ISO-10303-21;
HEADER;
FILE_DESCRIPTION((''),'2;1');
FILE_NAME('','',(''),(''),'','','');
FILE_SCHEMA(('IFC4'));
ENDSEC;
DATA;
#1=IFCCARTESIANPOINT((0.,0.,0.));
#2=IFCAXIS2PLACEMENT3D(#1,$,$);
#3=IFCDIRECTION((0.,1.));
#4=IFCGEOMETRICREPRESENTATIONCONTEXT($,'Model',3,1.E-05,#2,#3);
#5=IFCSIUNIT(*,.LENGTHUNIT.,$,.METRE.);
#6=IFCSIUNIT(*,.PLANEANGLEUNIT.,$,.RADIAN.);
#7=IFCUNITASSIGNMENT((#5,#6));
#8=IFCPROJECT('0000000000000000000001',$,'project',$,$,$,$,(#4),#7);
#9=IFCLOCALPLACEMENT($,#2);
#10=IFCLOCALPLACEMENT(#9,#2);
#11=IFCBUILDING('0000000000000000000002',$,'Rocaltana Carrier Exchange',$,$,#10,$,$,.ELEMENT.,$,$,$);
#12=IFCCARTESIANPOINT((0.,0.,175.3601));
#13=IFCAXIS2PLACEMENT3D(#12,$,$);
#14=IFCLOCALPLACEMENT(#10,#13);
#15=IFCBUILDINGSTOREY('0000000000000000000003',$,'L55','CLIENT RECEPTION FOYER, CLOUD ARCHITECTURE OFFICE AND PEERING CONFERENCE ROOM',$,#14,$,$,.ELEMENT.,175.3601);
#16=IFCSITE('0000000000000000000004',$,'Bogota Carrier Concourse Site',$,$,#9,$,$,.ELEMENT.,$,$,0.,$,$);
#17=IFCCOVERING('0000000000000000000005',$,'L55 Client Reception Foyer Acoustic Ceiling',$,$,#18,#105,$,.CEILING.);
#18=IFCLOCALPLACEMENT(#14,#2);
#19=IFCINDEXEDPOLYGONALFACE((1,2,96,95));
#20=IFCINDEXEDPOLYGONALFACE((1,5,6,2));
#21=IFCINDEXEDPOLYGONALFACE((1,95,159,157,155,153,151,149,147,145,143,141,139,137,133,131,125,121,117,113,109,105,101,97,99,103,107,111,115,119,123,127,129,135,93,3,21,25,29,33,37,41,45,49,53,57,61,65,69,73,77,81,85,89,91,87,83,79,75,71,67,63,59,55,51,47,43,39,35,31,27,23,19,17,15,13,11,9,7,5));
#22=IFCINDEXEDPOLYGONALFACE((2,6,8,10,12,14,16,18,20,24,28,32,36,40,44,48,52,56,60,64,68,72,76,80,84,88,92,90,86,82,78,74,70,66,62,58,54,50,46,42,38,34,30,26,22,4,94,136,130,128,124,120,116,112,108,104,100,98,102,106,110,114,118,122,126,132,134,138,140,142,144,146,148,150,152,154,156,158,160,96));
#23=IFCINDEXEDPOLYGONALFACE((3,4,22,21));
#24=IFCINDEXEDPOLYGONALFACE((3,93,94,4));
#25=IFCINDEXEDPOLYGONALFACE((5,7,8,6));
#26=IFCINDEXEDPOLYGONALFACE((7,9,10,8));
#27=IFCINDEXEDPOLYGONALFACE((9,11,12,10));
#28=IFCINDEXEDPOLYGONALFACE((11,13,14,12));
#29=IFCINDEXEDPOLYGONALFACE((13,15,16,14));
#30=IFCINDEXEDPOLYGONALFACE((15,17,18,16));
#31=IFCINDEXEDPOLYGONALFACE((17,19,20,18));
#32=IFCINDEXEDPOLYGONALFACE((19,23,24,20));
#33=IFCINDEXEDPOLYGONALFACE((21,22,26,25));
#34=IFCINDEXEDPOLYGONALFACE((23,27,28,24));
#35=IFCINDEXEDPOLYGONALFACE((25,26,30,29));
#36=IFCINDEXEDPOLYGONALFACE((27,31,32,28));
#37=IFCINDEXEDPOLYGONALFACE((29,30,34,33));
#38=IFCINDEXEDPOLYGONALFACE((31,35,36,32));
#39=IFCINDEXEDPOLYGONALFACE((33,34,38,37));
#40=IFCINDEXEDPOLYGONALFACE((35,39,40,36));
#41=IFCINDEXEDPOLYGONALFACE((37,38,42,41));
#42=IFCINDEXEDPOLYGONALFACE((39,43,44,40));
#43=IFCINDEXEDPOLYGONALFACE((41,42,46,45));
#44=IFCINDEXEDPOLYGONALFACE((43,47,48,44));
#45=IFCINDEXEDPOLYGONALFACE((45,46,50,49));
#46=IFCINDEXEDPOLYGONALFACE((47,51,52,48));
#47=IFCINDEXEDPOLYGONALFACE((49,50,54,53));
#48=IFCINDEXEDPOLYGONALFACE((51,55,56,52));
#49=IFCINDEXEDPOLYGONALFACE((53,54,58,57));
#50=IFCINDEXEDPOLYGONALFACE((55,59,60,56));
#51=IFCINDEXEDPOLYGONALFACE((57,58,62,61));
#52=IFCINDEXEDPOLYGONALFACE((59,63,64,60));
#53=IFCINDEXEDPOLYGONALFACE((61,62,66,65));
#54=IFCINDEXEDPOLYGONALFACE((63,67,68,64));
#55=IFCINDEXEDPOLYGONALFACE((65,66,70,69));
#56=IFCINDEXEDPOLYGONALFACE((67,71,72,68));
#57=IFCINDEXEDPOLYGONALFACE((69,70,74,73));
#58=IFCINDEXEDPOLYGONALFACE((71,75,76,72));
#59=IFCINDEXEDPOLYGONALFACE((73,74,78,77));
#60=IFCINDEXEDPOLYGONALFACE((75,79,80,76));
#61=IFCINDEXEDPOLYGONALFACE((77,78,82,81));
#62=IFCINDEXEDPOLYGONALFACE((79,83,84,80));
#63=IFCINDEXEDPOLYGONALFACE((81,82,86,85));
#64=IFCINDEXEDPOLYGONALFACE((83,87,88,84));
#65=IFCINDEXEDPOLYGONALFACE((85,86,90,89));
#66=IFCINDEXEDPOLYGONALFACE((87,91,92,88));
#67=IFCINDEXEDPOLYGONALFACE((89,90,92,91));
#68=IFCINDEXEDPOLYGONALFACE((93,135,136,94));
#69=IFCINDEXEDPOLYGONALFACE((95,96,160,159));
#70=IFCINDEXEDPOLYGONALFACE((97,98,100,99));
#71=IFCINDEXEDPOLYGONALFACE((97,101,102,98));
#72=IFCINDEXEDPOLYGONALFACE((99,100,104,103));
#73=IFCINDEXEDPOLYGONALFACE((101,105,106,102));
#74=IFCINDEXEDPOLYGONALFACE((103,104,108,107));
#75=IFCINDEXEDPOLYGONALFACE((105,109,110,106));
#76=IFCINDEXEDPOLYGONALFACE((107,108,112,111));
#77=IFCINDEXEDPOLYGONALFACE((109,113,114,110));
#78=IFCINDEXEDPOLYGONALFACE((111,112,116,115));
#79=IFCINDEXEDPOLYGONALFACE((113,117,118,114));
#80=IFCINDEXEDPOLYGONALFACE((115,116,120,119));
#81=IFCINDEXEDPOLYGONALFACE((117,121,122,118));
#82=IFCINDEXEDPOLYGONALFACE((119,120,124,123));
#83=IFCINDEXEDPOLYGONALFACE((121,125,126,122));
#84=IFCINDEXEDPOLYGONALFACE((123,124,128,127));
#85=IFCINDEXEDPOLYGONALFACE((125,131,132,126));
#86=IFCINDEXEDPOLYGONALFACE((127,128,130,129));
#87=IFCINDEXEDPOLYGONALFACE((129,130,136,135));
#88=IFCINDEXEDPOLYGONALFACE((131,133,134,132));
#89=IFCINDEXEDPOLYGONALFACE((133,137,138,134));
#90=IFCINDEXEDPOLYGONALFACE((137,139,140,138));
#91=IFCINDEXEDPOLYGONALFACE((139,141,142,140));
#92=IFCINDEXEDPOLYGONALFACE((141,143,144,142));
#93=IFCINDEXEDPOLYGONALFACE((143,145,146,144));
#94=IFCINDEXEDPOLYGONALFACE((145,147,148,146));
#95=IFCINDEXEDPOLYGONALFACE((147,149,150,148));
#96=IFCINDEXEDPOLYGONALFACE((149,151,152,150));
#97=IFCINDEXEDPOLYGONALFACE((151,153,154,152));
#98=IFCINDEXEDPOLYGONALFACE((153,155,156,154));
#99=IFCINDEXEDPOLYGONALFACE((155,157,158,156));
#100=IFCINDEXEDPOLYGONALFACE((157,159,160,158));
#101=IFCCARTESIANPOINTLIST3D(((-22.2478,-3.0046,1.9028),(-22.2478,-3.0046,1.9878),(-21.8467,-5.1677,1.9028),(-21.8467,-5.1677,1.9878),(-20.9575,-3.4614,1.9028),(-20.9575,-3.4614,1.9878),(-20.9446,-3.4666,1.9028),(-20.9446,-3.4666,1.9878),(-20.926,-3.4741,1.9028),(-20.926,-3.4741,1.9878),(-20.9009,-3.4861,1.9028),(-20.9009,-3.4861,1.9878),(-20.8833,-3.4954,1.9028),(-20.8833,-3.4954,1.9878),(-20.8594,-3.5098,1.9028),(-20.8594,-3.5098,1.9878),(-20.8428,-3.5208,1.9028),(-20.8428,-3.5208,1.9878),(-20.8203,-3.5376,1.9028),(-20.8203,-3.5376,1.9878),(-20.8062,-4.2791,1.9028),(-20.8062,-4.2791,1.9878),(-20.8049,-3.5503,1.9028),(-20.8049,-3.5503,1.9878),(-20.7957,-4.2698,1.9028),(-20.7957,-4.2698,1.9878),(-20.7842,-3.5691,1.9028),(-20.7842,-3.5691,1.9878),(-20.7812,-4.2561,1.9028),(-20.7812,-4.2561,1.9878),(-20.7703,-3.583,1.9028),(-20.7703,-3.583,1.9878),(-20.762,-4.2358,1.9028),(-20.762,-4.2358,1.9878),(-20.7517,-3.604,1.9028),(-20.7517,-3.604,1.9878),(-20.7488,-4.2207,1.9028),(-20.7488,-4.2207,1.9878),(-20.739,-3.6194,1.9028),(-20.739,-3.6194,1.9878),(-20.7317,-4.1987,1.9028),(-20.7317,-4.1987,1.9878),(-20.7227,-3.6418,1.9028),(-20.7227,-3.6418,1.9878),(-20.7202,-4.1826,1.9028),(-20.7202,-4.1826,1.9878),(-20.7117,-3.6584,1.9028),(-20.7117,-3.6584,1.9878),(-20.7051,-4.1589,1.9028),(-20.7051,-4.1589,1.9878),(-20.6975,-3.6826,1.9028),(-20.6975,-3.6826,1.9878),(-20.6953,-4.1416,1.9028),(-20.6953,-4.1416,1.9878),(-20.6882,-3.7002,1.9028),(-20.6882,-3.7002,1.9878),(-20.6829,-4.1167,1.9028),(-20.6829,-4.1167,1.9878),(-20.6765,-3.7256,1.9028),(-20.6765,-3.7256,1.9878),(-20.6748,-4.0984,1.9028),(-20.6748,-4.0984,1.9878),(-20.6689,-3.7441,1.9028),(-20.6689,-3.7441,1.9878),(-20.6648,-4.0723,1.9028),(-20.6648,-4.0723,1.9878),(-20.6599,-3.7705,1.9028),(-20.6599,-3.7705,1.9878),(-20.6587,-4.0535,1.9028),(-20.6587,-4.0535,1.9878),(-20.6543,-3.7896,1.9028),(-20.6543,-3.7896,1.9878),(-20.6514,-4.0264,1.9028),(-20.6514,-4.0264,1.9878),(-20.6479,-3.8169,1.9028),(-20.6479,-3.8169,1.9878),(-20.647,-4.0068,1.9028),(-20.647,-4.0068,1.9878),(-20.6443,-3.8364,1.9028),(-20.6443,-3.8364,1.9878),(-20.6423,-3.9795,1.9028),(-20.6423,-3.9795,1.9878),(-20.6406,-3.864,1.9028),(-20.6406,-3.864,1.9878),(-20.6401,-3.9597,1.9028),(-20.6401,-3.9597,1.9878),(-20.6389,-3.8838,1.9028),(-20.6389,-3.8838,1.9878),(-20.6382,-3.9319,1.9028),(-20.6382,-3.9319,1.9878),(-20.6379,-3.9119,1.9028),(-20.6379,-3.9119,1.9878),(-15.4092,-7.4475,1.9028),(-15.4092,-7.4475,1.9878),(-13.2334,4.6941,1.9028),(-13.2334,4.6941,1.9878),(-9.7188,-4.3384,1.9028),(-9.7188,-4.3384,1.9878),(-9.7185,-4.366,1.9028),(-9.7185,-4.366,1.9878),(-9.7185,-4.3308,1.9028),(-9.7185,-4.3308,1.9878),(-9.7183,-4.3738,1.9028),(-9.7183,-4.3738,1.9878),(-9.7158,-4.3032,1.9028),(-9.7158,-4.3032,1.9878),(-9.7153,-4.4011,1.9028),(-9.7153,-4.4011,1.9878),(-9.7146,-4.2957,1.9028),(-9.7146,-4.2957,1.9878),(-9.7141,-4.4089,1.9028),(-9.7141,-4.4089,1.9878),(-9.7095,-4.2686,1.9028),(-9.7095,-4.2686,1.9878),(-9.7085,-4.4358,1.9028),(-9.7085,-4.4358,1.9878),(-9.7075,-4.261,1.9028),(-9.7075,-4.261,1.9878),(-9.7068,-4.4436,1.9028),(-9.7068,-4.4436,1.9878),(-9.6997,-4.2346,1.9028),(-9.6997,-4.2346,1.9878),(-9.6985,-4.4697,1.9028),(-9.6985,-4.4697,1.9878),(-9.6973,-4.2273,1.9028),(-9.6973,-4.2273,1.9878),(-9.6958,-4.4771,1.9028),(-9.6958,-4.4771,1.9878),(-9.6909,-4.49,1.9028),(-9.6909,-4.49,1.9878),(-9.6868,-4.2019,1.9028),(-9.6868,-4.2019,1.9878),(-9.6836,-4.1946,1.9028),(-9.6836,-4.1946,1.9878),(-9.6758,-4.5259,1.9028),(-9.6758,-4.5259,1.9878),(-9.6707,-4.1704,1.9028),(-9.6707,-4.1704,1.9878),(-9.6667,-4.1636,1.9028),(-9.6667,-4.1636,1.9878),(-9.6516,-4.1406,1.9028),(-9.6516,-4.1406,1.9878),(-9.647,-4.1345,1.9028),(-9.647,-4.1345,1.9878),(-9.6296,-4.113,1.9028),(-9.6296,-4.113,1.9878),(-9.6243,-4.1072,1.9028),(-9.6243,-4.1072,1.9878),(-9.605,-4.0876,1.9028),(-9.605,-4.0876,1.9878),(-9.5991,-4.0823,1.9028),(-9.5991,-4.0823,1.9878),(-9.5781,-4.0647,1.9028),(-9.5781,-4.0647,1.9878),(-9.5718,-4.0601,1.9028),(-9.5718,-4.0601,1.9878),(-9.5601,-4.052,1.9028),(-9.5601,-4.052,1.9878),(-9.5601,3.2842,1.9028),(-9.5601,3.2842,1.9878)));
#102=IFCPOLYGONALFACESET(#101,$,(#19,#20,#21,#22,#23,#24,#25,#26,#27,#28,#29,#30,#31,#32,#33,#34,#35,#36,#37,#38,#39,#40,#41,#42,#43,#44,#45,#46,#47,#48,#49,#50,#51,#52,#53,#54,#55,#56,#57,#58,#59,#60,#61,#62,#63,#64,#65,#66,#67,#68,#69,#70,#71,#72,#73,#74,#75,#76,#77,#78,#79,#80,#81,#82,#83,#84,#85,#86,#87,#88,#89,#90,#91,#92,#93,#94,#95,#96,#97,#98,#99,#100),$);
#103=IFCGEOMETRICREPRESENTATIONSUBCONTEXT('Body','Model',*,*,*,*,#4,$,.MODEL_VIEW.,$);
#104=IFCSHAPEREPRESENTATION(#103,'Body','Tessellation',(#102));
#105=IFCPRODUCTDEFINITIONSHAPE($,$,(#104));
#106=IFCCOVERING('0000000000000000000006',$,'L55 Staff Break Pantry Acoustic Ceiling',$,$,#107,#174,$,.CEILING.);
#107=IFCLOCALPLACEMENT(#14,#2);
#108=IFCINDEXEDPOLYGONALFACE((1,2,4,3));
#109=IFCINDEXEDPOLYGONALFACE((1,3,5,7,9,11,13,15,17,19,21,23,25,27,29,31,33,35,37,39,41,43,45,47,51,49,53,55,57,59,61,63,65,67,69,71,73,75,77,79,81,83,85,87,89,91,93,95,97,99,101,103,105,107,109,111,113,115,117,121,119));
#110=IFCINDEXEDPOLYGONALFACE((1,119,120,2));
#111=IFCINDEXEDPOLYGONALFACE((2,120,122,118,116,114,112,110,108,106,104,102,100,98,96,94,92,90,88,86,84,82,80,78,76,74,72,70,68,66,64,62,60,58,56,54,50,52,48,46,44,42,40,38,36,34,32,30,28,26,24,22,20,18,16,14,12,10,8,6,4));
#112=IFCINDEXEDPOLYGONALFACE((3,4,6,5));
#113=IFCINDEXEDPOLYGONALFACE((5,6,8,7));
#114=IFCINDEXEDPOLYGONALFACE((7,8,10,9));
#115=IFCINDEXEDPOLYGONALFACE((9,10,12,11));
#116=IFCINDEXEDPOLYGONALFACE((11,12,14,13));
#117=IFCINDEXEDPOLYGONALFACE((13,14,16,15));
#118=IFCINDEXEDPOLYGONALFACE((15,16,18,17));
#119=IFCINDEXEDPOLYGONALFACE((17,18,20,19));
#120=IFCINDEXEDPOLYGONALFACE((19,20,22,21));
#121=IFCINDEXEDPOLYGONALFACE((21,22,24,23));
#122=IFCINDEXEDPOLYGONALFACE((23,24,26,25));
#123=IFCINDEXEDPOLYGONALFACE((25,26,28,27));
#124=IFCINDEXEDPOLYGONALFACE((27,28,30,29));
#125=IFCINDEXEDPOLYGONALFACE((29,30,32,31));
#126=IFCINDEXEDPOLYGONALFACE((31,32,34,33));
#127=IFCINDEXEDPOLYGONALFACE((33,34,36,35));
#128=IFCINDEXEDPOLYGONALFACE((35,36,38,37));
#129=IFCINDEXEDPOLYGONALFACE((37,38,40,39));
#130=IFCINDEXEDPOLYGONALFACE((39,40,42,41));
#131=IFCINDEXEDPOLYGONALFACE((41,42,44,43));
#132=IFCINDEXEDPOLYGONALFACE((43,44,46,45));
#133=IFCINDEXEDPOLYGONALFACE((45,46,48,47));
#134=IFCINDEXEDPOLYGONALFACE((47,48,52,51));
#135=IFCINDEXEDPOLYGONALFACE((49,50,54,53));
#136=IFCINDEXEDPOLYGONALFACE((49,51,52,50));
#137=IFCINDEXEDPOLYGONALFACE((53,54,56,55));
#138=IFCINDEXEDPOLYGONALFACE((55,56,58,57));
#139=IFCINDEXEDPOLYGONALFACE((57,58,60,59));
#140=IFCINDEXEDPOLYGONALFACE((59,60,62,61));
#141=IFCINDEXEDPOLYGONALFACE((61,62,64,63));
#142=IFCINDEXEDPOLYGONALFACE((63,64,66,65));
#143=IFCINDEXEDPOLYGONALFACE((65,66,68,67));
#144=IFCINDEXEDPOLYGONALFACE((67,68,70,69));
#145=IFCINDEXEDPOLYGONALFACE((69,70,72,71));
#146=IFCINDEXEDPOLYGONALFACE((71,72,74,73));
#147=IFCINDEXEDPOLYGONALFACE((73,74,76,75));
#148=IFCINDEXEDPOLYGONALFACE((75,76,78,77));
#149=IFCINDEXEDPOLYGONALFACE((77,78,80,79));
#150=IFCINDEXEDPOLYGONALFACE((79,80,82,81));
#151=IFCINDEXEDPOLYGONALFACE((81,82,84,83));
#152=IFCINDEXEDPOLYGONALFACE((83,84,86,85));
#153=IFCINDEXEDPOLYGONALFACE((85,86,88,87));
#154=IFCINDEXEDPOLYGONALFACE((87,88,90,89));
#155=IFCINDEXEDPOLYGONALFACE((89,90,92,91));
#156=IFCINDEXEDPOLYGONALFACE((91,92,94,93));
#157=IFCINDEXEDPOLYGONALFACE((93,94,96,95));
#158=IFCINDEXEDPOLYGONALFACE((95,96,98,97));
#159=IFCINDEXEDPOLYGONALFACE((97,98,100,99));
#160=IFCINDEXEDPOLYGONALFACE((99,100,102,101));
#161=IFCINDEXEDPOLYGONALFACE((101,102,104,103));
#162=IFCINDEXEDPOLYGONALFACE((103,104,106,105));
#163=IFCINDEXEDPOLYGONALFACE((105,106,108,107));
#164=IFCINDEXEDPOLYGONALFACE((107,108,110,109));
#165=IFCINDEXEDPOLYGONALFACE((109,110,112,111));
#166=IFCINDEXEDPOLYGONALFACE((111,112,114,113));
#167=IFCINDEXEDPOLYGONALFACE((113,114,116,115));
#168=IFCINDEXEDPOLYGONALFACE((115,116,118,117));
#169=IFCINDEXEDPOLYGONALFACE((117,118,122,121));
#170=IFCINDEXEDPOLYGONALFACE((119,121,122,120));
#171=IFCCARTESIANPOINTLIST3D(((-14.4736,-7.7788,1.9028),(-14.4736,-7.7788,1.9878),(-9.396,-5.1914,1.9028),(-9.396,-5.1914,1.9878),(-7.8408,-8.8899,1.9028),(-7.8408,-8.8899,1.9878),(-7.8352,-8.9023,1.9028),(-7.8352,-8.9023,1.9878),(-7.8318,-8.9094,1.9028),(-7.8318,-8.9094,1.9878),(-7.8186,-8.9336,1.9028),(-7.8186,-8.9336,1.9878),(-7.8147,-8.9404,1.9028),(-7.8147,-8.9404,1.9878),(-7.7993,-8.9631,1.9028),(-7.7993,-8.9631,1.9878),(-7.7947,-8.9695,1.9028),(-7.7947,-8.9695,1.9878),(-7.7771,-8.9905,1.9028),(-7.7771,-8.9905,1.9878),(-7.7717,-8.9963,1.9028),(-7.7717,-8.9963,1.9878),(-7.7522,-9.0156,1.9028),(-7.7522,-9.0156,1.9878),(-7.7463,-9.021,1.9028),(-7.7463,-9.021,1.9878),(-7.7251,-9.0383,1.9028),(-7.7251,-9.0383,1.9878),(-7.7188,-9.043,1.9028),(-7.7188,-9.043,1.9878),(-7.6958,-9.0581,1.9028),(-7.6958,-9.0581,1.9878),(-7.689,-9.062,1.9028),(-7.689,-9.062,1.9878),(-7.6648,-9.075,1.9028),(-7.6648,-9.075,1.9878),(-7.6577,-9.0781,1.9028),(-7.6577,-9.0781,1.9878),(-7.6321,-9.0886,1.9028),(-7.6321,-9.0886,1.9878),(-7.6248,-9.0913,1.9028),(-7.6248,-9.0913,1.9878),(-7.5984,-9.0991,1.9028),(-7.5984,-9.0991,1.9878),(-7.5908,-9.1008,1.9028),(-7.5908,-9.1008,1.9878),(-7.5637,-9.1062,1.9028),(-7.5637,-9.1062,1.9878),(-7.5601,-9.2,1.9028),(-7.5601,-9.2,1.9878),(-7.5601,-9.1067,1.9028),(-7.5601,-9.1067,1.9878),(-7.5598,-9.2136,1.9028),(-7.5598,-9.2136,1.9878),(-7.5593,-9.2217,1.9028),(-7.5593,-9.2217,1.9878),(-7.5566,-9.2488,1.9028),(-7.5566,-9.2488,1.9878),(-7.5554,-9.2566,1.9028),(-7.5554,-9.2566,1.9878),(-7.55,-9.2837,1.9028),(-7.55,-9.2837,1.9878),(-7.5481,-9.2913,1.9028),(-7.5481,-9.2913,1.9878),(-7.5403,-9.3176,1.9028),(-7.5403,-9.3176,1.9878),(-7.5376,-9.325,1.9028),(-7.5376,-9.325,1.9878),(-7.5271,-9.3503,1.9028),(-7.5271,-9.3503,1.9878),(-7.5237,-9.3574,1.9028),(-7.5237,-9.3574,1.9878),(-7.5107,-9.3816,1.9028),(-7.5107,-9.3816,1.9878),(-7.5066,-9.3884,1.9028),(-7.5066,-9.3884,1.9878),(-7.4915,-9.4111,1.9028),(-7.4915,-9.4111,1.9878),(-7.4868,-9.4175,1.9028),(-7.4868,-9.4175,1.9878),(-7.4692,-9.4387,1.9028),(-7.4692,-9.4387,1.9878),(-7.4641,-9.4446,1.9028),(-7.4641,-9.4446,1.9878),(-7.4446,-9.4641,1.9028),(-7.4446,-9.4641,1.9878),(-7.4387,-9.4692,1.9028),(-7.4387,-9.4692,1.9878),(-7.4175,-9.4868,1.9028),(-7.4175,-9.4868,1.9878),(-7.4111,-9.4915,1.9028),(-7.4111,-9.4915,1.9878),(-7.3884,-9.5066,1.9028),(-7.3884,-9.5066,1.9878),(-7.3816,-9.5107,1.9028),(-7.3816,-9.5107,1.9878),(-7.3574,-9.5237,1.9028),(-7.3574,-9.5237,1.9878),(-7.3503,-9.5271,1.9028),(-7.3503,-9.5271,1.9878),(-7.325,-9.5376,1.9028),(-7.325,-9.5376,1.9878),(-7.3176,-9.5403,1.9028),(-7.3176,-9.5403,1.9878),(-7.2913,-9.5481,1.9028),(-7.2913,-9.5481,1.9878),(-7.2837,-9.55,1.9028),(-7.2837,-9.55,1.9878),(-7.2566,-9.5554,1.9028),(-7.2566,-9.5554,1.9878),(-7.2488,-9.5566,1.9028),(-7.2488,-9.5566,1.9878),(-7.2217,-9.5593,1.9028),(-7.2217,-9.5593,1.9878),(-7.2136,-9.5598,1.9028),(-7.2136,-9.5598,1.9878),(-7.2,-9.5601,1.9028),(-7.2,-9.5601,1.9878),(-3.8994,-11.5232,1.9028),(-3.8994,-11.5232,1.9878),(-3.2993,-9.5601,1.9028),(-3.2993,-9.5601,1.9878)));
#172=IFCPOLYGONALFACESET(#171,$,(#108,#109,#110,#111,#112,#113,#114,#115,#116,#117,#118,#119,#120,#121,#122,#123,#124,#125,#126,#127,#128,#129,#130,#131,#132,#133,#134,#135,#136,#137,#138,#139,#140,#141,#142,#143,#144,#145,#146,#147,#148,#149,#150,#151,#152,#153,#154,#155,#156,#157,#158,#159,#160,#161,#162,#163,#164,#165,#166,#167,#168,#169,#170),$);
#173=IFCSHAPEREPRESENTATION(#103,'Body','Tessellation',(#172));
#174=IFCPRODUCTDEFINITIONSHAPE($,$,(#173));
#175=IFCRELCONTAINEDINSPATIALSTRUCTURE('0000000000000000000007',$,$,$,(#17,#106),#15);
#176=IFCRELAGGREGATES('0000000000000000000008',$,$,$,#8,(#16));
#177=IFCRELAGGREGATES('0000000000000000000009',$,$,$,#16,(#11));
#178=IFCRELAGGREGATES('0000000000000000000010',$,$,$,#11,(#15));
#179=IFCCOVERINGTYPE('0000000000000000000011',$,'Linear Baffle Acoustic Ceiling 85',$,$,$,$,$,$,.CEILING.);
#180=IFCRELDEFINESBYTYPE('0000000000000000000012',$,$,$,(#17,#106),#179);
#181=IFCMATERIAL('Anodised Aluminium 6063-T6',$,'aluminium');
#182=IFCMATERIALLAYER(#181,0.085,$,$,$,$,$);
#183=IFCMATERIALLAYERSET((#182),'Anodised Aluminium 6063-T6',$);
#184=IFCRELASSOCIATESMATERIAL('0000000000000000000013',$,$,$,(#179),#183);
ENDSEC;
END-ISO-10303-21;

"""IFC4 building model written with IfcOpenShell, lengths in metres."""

from ifc_helpers import new_model, si_unit, direction, frame, origin, place, context, subcontext, project, spatial, polyline, outline, extrude, material, layer, layer_set, type_object, element, save


model = new_model("IFC4")

# Units and contexts
model_context = context("Model", 3, precision=1e-05, world=origin(), true_north=direction((0.0, 1.0)))
body_context = subcontext(model_context, "Body", "Model", "MODEL_VIEW")
ifc_project = project(units=[si_unit("LENGTHUNIT", "METRE"), si_unit("PLANEANGLEUNIT", "RADIAN")], contexts=[model_context])

# Site, building, storey
site_placement = place(None, origin())
site = spatial("IfcSite", under=ifc_project, at=site_placement, Name="Bogota Carrier Concourse Site", CompositionType="ELEMENT", RefElevation=0.0)
building_placement = place(site_placement, origin())
building = spatial("IfcBuilding", under=site, at=building_placement, Name="Rocaltana Carrier Exchange", CompositionType="ELEMENT")
storey_placement = place(building_placement, frame((0.0, 0.0, 175.3601)))
storey = spatial("IfcBuildingStorey", under=building, at=storey_placement, Name="L55", Description="CLIENT RECEPTION FOYER, CLOUD ARCHITECTURE OFFICE AND PEERING CONFERENCE ROOM", CompositionType="ELEMENT", Elevation=175.3601)

# Coverings
ifc_material_1 = material(Name="Anodised Aluminium 6063-T6", Category="aluminium")
ifc_layer_1 = layer(ifc_material_1, 0.085)
ifc_layer_set_1 = layer_set([ifc_layer_1], Name="Anodised Aluminium 6063-T6")
covering_type_1 = type_object("IfcCoveringType", Name="Linear Baffle Acoustic Ceiling 85", PredefinedType="CEILING", material=ifc_layer_set_1)
covering_1_placement = place(storey_placement, frame((0.0, 0.0, 1.9028)))
element("IfcCovering", 1, at=covering_1_placement, inside=storey, type_object=covering_type_1, Name="L55 Client Reception Foyer Acoustic Ceiling", PredefinedType="CEILING", context=body_context, shape_type="SweptSolid", body=[
    extrude(outline(polyline([(-20.8062, -4.2791), (-20.7957, -4.2698), (-20.7812, -4.2561), (-20.762, -4.2358), (-20.7488, -4.2207), (-20.7317, -4.1987), (-20.7202, -4.1826), (-20.7051, -4.1589), (-20.6953, -4.1416), (-20.6829, -4.1167), (-20.6748, -4.0984), (-20.6648, -4.0723), (-20.6587, -4.0535), (-20.6514, -4.0264), (-20.647, -4.0068), (-20.6423, -3.9795), (-20.6401, -3.9597), (-20.6382, -3.9319), (-20.6379, -3.9119), (-20.6389, -3.8838), (-20.6406, -3.864), (-20.6443, -3.8364), (-20.6479, -3.8169), (-20.6543, -3.7896), (-20.6599, -3.7705), (-20.6689, -3.7441), (-20.6765, -3.7256), (-20.6882, -3.7002), (-20.6975, -3.6826), (-20.7117, -3.6584), (-20.7227, -3.6418), (-20.739, -3.6194), (-20.7517, -3.604), (-20.7703, -3.583), (-20.7842, -3.5691), (-20.8049, -3.5503), (-20.8203, -3.5376), (-20.8428, -3.5208), (-20.8594, -3.5098), (-20.8833, -3.4954), (-20.9009, -3.4861), (-20.926, -3.4741), (-20.9446, -3.4666), (-20.9575, -3.4614), (-22.2478, -3.0046), (-13.2334, 4.6941), (-9.5601, 3.2842), (-9.5601, -4.052), (-9.5718, -4.0601), (-9.5781, -4.0647), (-9.5991, -4.0823), (-9.605, -4.0876), (-9.6243, -4.1072), (-9.6296, -4.113), (-9.647, -4.1345), (-9.6516, -4.1406), (-9.6667, -4.1636), (-9.6707, -4.1704), (-9.6836, -4.1946), (-9.6868, -4.2019), (-9.6973, -4.2273), (-9.6997, -4.2346), (-9.7075, -4.261), (-9.7095, -4.2686), (-9.7146, -4.2957), (-9.7158, -4.3032), (-9.7185, -4.3308), (-9.7188, -4.3384), (-9.7185, -4.366), (-9.7183, -4.3738), (-9.7153, -4.4011), (-9.7141, -4.4089), (-9.7085, -4.4358), (-9.7068, -4.4436), (-9.6985, -4.4697), (-9.6958, -4.4771), (-9.6909, -4.49), (-9.6758, -4.5259), (-15.4092, -7.4475), (-21.8467, -5.1677), (-20.8062, -4.2791)])), origin(), (0.0, 0.0, 1.0), 0.085),
])
covering_2_placement = place(storey_placement, frame((0.0, 0.0, 1.9028)))
element("IfcCovering", 2, at=covering_2_placement, inside=storey, type_object=covering_type_1, Name="L55 Staff Break Pantry Acoustic Ceiling", PredefinedType="CEILING", context=body_context, shape_type="SweptSolid", body=[
    extrude(outline(polyline([(-14.4736, -7.7788), (-9.396, -5.1914), (-7.8408, -8.8899), (-7.8352, -8.9023), (-7.8318, -8.9094), (-7.8186, -8.9336), (-7.8147, -8.9404), (-7.7993, -8.9631), (-7.7947, -8.9695), (-7.7771, -8.9905), (-7.7717, -8.9963), (-7.7522, -9.0156), (-7.7463, -9.021), (-7.7251, -9.0383), (-7.7188, -9.043), (-7.6958, -9.0581), (-7.689, -9.062), (-7.6648, -9.075), (-7.6577, -9.0781), (-7.6321, -9.0886), (-7.6248, -9.0913), (-7.5984, -9.0991), (-7.5908, -9.1008), (-7.5637, -9.1062), (-7.5601, -9.1067), (-7.5601, -9.2), (-7.5598, -9.2136), (-7.5593, -9.2217), (-7.5566, -9.2488), (-7.5554, -9.2566), (-7.55, -9.2837), (-7.5481, -9.2913), (-7.5403, -9.3176), (-7.5376, -9.325), (-7.5271, -9.3503), (-7.5237, -9.3574), (-7.5107, -9.3816), (-7.5066, -9.3884), (-7.4915, -9.4111), (-7.4868, -9.4175), (-7.4692, -9.4387), (-7.4641, -9.4446), (-7.4446, -9.4641), (-7.4387, -9.4692), (-7.4175, -9.4868), (-7.4111, -9.4915), (-7.3884, -9.5066), (-7.3816, -9.5107), (-7.3574, -9.5237), (-7.3503, -9.5271), (-7.325, -9.5376), (-7.3176, -9.5403), (-7.2913, -9.5481), (-7.2837, -9.55), (-7.2566, -9.5554), (-7.2488, -9.5566), (-7.2217, -9.5593), (-7.2136, -9.5598), (-7.2, -9.5601), (-3.2993, -9.5601), (-3.8994, -11.5232), (-14.4736, -7.7788)])), origin(), (0.0, 0.0, 1.0), 0.085),
])

save(model, "model.ifc")
